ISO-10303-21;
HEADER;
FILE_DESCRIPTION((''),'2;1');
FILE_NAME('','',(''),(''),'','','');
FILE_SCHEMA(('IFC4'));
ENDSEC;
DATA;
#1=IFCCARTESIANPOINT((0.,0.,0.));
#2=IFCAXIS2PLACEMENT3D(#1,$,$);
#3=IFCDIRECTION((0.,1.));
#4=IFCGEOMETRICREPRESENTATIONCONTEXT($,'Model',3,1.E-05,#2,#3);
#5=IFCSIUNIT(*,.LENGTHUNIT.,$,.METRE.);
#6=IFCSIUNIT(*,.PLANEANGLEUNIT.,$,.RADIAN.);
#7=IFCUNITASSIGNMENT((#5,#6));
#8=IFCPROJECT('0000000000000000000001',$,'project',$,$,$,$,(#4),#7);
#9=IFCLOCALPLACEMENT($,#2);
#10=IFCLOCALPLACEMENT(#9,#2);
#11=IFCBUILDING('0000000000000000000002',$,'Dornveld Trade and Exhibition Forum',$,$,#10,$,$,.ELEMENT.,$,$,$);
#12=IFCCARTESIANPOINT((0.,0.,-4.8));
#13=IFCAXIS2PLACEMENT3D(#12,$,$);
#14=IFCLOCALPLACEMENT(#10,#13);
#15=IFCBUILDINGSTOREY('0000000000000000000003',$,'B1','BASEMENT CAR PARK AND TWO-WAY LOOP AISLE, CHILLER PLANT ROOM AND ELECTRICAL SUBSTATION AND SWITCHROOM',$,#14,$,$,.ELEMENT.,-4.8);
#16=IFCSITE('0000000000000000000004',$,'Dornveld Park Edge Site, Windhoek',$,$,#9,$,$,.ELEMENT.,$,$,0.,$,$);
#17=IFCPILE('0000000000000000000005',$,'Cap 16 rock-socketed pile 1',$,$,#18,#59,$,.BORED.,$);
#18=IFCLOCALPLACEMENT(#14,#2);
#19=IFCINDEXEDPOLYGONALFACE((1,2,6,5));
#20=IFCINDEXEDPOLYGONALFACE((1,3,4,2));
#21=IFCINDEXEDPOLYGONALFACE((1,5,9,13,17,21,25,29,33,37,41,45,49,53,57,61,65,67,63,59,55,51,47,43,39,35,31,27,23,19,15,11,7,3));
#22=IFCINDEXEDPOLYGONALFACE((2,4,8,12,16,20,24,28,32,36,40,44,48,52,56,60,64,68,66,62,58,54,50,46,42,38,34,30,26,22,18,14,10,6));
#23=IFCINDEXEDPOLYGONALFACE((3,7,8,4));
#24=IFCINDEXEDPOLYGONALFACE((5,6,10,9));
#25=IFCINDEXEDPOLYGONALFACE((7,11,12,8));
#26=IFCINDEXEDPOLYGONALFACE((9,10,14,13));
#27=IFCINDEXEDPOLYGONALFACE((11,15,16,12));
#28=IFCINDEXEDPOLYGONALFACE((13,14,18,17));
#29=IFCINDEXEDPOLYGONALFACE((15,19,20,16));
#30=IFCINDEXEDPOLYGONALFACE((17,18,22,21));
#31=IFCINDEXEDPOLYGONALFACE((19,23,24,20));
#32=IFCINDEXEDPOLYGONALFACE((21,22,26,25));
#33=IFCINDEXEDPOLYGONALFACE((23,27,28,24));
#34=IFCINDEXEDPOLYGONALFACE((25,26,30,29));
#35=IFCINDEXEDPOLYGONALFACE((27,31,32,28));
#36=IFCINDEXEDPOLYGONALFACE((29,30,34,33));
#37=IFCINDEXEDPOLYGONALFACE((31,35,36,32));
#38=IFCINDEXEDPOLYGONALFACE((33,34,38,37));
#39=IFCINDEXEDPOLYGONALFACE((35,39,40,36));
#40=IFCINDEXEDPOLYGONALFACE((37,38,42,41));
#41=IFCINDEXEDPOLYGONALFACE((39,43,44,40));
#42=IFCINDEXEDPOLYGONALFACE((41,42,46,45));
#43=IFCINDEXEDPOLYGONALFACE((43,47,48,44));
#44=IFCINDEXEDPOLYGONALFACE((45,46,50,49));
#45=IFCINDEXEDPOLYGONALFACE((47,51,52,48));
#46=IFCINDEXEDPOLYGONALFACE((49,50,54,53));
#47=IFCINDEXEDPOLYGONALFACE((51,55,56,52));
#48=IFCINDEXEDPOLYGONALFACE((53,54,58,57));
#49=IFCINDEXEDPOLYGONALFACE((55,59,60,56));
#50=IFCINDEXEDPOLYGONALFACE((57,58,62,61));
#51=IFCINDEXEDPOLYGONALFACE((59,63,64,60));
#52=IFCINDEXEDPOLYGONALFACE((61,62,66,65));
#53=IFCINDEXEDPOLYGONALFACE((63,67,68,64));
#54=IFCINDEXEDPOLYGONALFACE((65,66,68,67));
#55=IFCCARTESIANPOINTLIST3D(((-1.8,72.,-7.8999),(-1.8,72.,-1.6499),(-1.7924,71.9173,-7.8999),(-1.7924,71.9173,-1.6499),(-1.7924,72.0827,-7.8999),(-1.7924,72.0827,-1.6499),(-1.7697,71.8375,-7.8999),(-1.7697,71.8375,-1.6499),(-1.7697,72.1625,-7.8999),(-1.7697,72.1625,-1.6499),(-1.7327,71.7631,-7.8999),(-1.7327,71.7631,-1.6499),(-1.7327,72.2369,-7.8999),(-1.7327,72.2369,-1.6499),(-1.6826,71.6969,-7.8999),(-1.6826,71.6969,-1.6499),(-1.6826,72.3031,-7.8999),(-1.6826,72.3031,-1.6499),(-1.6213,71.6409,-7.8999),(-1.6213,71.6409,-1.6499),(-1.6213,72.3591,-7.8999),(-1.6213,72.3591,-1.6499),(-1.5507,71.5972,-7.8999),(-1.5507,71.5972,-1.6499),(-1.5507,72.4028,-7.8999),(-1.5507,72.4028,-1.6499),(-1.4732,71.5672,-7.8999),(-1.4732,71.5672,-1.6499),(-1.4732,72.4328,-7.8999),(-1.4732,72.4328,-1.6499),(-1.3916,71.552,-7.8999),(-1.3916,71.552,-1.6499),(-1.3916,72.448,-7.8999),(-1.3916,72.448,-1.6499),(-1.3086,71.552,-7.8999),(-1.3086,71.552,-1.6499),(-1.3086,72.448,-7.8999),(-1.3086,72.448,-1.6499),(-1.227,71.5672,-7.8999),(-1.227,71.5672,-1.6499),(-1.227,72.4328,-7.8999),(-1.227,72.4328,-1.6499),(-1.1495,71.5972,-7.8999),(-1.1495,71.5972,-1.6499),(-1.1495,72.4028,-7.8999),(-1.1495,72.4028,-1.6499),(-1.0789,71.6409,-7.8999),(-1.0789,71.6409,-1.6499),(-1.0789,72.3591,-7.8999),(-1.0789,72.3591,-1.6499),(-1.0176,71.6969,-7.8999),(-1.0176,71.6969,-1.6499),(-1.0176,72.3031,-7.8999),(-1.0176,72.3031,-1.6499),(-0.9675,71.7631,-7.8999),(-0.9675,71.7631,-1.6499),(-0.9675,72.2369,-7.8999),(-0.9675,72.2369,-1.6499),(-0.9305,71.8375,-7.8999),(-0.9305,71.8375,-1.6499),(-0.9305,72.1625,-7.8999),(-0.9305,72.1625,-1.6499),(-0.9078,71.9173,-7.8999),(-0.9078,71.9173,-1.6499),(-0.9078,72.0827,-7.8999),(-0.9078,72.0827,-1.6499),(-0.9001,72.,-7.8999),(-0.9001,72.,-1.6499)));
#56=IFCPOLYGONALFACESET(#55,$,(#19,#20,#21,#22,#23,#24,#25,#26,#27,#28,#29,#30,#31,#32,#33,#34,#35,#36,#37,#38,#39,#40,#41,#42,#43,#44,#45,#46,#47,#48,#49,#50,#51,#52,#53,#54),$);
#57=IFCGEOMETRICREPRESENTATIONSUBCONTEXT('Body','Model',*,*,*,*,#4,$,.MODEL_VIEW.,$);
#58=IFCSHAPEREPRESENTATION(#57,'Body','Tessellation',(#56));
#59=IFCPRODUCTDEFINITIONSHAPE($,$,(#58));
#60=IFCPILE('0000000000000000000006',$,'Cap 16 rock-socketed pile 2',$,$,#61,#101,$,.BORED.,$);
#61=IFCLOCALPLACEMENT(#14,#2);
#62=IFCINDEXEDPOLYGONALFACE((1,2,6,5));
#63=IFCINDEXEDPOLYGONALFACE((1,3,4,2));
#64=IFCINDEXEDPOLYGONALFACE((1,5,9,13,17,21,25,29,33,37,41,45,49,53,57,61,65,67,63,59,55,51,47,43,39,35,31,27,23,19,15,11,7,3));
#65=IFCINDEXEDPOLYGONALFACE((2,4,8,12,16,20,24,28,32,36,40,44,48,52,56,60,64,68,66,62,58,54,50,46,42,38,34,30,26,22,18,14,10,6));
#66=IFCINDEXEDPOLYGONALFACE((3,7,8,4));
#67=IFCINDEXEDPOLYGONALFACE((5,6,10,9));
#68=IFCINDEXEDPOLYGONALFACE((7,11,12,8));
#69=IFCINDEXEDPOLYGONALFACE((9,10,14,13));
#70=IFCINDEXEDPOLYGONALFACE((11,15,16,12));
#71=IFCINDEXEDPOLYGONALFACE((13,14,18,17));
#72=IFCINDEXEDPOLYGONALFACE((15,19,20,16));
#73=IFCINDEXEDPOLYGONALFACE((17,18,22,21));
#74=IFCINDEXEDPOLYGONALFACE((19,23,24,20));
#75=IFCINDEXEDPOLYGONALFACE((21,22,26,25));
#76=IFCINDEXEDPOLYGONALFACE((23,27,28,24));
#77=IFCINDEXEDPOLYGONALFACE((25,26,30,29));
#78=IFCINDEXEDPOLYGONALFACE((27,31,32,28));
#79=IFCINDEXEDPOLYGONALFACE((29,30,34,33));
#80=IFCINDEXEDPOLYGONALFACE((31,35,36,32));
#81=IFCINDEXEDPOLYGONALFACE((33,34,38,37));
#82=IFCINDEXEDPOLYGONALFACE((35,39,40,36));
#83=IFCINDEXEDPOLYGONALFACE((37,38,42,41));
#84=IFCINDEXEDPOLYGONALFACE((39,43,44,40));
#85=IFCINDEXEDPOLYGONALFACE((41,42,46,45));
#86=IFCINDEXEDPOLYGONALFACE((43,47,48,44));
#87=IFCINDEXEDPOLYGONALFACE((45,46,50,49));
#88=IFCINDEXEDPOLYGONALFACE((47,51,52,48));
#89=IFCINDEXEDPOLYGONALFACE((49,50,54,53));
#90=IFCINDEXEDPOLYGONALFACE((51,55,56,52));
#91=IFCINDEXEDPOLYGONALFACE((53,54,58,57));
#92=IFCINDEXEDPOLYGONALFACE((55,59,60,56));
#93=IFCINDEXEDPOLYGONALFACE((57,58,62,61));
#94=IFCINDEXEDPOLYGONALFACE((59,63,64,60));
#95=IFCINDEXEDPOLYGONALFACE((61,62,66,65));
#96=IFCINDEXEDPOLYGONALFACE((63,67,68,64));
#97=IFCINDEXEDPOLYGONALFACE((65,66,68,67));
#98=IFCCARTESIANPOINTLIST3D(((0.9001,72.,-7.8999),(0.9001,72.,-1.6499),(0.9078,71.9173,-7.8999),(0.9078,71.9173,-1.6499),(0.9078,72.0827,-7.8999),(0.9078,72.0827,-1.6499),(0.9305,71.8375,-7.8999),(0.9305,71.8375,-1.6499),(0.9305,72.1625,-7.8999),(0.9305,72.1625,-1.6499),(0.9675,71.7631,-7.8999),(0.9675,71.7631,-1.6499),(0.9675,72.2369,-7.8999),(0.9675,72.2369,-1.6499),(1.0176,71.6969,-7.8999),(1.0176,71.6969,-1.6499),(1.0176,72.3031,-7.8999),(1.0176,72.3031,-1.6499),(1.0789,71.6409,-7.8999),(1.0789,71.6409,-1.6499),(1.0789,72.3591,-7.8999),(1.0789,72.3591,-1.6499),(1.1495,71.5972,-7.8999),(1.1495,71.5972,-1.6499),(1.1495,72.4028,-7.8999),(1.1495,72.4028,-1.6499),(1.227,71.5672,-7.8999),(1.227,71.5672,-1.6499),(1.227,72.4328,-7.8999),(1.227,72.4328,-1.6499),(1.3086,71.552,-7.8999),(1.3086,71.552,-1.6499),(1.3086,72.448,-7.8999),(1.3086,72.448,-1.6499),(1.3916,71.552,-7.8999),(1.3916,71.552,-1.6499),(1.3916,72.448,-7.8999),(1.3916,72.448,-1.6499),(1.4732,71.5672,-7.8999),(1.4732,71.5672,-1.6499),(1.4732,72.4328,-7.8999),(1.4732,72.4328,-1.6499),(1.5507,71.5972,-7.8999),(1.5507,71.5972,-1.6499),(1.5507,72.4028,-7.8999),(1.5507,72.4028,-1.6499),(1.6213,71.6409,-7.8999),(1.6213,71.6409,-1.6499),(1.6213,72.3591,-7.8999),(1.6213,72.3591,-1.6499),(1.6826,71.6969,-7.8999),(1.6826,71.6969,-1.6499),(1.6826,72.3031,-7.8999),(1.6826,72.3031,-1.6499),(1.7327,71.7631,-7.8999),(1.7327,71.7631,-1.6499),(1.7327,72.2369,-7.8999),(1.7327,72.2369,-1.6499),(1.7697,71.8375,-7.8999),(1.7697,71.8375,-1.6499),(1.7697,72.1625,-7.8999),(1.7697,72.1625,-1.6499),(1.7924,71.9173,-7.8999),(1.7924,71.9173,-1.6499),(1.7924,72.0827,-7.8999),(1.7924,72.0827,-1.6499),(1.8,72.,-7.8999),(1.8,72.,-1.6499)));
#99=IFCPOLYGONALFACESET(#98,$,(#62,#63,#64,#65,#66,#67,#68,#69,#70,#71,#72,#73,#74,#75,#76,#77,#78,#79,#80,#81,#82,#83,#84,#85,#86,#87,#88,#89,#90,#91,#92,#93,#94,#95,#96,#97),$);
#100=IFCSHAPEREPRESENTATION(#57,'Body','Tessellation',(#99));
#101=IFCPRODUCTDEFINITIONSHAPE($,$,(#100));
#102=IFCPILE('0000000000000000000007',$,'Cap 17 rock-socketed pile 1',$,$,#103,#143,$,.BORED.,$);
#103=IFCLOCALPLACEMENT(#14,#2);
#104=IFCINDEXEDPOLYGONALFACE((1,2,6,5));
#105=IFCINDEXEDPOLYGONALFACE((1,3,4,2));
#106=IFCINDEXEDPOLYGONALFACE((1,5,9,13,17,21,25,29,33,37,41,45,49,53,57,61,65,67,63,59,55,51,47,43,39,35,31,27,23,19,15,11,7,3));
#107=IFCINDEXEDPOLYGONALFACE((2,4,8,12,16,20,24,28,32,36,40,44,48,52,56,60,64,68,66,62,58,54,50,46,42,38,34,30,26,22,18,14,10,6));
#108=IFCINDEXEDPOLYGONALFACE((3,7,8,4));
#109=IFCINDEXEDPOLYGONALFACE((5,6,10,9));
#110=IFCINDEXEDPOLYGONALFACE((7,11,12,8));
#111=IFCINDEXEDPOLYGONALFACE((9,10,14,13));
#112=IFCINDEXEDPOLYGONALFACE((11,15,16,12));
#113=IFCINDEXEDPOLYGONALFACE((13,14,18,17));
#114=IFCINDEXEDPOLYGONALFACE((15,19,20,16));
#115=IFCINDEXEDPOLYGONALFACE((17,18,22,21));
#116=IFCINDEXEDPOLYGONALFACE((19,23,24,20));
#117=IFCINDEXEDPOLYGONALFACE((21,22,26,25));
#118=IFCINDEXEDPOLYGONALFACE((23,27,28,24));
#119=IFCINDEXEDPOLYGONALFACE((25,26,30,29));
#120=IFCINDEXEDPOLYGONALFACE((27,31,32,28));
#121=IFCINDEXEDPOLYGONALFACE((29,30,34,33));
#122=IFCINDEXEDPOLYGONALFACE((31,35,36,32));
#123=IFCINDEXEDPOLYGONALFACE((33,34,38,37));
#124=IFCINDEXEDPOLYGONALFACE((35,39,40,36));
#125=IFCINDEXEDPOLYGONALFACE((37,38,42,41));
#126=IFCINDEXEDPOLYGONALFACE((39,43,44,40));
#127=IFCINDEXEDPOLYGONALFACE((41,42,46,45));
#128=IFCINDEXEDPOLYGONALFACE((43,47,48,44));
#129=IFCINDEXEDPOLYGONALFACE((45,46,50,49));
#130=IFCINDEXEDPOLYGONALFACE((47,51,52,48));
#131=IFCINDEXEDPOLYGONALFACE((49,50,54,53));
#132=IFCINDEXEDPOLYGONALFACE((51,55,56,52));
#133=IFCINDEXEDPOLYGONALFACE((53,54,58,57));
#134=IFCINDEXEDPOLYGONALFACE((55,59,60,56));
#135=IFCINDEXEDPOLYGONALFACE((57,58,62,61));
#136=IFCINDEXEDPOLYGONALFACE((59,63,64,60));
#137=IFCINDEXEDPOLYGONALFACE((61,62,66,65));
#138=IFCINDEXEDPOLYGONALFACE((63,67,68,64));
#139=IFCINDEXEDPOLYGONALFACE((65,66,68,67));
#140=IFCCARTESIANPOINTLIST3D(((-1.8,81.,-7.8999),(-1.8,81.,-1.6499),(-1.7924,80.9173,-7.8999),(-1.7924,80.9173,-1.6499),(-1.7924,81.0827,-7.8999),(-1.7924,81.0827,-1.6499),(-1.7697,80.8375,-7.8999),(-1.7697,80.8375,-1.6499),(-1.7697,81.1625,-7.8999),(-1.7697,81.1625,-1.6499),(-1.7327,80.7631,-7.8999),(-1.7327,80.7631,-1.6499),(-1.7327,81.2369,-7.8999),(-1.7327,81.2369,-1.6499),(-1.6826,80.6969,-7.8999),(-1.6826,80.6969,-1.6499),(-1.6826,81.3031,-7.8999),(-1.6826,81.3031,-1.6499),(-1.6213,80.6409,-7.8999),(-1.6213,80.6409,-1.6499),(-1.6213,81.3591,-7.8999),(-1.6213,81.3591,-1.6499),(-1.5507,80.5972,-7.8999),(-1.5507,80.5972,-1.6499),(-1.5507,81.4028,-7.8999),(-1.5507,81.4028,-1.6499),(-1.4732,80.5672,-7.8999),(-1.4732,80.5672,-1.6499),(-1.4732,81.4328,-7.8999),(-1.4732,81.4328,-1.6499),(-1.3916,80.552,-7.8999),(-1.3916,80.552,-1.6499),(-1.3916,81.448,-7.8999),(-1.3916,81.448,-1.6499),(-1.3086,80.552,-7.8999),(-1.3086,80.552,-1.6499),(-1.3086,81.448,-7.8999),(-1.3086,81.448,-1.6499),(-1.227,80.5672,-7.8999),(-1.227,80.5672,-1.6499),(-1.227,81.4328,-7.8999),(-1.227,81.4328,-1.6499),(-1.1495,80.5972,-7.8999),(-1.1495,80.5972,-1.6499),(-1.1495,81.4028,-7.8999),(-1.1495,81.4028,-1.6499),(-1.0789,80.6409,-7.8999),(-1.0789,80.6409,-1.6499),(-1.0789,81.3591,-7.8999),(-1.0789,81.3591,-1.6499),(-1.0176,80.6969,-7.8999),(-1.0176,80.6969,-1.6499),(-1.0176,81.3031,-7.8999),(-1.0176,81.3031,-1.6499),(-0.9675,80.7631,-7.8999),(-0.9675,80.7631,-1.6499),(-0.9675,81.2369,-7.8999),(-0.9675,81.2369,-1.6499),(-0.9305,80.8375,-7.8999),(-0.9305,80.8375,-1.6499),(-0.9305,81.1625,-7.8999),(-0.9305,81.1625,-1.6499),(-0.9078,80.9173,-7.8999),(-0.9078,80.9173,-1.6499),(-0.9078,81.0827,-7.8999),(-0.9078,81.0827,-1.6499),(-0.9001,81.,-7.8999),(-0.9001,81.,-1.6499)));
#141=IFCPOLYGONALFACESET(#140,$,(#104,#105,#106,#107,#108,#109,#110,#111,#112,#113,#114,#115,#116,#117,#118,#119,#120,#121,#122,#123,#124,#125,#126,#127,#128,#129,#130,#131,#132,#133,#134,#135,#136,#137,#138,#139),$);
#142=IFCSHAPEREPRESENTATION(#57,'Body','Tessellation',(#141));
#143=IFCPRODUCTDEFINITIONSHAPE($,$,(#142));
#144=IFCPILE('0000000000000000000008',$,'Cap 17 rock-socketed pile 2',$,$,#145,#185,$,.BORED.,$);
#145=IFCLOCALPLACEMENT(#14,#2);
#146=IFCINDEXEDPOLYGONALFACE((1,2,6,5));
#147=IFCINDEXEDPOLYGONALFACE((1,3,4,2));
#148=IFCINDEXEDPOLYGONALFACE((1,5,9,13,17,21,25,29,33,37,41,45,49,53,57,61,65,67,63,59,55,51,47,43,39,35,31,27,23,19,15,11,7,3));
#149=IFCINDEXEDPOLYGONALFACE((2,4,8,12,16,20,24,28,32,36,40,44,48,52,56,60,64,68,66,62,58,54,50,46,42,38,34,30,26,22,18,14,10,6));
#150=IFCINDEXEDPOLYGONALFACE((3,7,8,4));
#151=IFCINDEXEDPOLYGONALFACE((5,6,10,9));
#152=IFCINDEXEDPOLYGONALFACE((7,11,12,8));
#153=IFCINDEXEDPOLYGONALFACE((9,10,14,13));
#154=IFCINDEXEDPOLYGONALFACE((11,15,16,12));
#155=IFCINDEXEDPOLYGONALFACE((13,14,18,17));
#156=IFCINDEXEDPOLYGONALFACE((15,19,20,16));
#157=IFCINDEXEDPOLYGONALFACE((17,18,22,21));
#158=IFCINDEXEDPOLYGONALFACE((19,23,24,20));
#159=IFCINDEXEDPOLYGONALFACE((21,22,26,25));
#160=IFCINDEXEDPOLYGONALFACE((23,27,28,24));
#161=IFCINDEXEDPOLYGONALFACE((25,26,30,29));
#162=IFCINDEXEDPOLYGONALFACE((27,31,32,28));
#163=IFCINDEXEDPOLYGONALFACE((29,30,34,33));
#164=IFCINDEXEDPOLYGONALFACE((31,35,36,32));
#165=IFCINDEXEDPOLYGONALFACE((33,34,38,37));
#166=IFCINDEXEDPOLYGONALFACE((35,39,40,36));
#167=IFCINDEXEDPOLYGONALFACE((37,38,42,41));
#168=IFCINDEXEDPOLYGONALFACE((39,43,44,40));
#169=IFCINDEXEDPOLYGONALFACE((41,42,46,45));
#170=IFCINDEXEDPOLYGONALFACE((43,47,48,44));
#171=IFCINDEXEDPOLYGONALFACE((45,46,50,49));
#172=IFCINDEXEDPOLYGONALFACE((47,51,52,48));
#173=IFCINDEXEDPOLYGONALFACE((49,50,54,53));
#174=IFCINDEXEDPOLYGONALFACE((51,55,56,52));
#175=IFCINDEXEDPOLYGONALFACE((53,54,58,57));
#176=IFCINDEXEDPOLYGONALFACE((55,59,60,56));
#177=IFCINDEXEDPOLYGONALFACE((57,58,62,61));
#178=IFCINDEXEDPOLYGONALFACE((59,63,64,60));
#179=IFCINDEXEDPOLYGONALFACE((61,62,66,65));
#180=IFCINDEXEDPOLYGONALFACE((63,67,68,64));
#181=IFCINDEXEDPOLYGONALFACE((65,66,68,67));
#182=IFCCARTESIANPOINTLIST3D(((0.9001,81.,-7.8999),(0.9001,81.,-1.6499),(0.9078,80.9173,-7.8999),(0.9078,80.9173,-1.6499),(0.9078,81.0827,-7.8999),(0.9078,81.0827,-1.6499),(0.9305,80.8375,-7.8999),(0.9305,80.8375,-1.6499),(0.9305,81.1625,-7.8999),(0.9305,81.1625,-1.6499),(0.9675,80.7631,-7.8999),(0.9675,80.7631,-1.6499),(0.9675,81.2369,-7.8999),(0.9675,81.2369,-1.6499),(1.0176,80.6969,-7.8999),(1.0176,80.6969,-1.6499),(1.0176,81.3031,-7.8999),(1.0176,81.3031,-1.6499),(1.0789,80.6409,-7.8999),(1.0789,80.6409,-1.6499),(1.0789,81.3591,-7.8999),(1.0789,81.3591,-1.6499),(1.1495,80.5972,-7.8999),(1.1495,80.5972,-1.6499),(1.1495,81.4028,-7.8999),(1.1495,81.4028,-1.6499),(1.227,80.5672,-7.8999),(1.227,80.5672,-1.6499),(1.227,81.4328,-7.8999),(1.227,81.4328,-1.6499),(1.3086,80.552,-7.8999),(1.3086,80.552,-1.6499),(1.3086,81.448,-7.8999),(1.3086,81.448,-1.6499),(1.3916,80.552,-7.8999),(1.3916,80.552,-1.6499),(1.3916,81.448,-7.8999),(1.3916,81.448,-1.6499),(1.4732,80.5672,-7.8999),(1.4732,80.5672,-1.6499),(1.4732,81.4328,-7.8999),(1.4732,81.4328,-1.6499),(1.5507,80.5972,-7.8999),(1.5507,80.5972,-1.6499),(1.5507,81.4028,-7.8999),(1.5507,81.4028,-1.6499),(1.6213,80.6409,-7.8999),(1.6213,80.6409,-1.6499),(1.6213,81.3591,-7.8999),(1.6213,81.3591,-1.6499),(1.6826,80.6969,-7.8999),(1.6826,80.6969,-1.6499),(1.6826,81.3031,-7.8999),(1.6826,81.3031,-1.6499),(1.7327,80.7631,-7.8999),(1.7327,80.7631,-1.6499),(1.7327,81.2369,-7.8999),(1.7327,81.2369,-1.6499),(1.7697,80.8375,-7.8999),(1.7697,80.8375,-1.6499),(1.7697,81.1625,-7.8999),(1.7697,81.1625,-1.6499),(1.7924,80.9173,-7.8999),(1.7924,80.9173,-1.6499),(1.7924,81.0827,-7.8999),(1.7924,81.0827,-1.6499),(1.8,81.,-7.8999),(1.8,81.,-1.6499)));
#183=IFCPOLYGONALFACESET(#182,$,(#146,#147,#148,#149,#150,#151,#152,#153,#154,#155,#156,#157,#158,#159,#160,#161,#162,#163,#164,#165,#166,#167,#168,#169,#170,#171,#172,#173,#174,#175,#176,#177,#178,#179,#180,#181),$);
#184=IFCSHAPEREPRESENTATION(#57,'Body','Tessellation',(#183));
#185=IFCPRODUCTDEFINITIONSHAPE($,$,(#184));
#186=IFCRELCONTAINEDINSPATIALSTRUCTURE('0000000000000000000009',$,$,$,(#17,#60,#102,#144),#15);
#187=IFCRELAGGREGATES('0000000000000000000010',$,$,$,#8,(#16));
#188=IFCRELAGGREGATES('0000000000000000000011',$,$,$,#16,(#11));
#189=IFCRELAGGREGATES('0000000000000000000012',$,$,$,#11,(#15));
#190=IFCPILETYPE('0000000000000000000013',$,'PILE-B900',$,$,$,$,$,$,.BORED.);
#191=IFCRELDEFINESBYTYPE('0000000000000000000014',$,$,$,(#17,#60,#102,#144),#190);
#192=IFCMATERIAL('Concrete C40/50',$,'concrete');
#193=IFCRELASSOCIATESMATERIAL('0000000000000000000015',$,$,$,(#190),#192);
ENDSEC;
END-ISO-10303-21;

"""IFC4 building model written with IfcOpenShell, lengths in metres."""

from ifc_helpers import new_model, si_unit, direction, frame, origin, origin_2d, place, context, subcontext, project, spatial, circle, extrude, material, material_profile, profile_set, type_object, element, save


model = new_model("IFC4")

# Units and contexts
model_context = context("Model", 3, precision=1e-05, world=origin(), true_north=direction((0.0, 1.0)))
body_context = subcontext(model_context, "Body", "Model", "MODEL_VIEW")
ifc_project = project(units=[si_unit("LENGTHUNIT", "METRE"), si_unit("PLANEANGLEUNIT", "RADIAN")], contexts=[model_context])

# Site, building, storey
site_placement = place(None, origin())
site = spatial("IfcSite", under=ifc_project, at=site_placement, Name="Dornveld Park Edge Site, Windhoek", CompositionType="ELEMENT", RefElevation=0.0)
building_placement = place(site_placement, origin())
building = spatial("IfcBuilding", under=site, at=building_placement, Name="Dornveld Trade and Exhibition Forum", CompositionType="ELEMENT")
storey_placement = place(building_placement, frame((0.0, 0.0, -4.8)))
storey = spatial("IfcBuildingStorey", under=building, at=storey_placement, Name="B1", Description="BASEMENT CAR PARK AND TWO-WAY LOOP AISLE, CHILLER PLANT ROOM AND ELECTRICAL SUBSTATION AND SWITCHROOM", CompositionType="ELEMENT", Elevation=-4.8)

# Piles
ifc_material_1 = material(Name="Concrete C40/50", Category="concrete")
ifc_material_profile_1 = material_profile(ifc_material_1, circle(Radius=0.45, at=origin_2d()), Name="PILE D900")
ifc_profile_set_1 = profile_set([ifc_material_profile_1], Name="Concrete C40/50")
pile_type = type_object("IfcPileType", Name="PILE-B900", PredefinedType="BORED", material=ifc_profile_set_1)
for number, where, z_axis, x_axis, name in (
    (1, (-1.3501, 72.0, -1.6499), (0.0, 0.0, -1.0), (1.0, 0.0, 0.0), "Cap 16 rock-socketed pile 1"),
    (2, (1.3501, 72.0, -1.6499), (0.0, 0.0, -1.0), (1.0, 0.0, 0.0), "Cap 16 rock-socketed pile 2"),
    (3, (-1.3501, 81.0, -1.6499), (0.0, 0.0, -1.0), (1.0, 0.0, 0.0), "Cap 17 rock-socketed pile 1"),
    (4, (1.3501, 81.0, -1.6499), (0.0, 0.0, -1.0), (1.0, 0.0, 0.0), "Cap 17 rock-socketed pile 2"),
):
    element("IfcPile", number, at=place(storey_placement, frame(where, z_axis=z_axis, x_axis=x_axis)), inside=storey, type_object=pile_type, Name=name, PredefinedType="BORED", context=body_context, shape_type="SweptSolid", body=[
        extrude(circle(Radius=0.45, at=origin_2d()), origin(), (0.0, 0.0, 1.0), 6.25),
    ])

save(model, "model.ifc")
